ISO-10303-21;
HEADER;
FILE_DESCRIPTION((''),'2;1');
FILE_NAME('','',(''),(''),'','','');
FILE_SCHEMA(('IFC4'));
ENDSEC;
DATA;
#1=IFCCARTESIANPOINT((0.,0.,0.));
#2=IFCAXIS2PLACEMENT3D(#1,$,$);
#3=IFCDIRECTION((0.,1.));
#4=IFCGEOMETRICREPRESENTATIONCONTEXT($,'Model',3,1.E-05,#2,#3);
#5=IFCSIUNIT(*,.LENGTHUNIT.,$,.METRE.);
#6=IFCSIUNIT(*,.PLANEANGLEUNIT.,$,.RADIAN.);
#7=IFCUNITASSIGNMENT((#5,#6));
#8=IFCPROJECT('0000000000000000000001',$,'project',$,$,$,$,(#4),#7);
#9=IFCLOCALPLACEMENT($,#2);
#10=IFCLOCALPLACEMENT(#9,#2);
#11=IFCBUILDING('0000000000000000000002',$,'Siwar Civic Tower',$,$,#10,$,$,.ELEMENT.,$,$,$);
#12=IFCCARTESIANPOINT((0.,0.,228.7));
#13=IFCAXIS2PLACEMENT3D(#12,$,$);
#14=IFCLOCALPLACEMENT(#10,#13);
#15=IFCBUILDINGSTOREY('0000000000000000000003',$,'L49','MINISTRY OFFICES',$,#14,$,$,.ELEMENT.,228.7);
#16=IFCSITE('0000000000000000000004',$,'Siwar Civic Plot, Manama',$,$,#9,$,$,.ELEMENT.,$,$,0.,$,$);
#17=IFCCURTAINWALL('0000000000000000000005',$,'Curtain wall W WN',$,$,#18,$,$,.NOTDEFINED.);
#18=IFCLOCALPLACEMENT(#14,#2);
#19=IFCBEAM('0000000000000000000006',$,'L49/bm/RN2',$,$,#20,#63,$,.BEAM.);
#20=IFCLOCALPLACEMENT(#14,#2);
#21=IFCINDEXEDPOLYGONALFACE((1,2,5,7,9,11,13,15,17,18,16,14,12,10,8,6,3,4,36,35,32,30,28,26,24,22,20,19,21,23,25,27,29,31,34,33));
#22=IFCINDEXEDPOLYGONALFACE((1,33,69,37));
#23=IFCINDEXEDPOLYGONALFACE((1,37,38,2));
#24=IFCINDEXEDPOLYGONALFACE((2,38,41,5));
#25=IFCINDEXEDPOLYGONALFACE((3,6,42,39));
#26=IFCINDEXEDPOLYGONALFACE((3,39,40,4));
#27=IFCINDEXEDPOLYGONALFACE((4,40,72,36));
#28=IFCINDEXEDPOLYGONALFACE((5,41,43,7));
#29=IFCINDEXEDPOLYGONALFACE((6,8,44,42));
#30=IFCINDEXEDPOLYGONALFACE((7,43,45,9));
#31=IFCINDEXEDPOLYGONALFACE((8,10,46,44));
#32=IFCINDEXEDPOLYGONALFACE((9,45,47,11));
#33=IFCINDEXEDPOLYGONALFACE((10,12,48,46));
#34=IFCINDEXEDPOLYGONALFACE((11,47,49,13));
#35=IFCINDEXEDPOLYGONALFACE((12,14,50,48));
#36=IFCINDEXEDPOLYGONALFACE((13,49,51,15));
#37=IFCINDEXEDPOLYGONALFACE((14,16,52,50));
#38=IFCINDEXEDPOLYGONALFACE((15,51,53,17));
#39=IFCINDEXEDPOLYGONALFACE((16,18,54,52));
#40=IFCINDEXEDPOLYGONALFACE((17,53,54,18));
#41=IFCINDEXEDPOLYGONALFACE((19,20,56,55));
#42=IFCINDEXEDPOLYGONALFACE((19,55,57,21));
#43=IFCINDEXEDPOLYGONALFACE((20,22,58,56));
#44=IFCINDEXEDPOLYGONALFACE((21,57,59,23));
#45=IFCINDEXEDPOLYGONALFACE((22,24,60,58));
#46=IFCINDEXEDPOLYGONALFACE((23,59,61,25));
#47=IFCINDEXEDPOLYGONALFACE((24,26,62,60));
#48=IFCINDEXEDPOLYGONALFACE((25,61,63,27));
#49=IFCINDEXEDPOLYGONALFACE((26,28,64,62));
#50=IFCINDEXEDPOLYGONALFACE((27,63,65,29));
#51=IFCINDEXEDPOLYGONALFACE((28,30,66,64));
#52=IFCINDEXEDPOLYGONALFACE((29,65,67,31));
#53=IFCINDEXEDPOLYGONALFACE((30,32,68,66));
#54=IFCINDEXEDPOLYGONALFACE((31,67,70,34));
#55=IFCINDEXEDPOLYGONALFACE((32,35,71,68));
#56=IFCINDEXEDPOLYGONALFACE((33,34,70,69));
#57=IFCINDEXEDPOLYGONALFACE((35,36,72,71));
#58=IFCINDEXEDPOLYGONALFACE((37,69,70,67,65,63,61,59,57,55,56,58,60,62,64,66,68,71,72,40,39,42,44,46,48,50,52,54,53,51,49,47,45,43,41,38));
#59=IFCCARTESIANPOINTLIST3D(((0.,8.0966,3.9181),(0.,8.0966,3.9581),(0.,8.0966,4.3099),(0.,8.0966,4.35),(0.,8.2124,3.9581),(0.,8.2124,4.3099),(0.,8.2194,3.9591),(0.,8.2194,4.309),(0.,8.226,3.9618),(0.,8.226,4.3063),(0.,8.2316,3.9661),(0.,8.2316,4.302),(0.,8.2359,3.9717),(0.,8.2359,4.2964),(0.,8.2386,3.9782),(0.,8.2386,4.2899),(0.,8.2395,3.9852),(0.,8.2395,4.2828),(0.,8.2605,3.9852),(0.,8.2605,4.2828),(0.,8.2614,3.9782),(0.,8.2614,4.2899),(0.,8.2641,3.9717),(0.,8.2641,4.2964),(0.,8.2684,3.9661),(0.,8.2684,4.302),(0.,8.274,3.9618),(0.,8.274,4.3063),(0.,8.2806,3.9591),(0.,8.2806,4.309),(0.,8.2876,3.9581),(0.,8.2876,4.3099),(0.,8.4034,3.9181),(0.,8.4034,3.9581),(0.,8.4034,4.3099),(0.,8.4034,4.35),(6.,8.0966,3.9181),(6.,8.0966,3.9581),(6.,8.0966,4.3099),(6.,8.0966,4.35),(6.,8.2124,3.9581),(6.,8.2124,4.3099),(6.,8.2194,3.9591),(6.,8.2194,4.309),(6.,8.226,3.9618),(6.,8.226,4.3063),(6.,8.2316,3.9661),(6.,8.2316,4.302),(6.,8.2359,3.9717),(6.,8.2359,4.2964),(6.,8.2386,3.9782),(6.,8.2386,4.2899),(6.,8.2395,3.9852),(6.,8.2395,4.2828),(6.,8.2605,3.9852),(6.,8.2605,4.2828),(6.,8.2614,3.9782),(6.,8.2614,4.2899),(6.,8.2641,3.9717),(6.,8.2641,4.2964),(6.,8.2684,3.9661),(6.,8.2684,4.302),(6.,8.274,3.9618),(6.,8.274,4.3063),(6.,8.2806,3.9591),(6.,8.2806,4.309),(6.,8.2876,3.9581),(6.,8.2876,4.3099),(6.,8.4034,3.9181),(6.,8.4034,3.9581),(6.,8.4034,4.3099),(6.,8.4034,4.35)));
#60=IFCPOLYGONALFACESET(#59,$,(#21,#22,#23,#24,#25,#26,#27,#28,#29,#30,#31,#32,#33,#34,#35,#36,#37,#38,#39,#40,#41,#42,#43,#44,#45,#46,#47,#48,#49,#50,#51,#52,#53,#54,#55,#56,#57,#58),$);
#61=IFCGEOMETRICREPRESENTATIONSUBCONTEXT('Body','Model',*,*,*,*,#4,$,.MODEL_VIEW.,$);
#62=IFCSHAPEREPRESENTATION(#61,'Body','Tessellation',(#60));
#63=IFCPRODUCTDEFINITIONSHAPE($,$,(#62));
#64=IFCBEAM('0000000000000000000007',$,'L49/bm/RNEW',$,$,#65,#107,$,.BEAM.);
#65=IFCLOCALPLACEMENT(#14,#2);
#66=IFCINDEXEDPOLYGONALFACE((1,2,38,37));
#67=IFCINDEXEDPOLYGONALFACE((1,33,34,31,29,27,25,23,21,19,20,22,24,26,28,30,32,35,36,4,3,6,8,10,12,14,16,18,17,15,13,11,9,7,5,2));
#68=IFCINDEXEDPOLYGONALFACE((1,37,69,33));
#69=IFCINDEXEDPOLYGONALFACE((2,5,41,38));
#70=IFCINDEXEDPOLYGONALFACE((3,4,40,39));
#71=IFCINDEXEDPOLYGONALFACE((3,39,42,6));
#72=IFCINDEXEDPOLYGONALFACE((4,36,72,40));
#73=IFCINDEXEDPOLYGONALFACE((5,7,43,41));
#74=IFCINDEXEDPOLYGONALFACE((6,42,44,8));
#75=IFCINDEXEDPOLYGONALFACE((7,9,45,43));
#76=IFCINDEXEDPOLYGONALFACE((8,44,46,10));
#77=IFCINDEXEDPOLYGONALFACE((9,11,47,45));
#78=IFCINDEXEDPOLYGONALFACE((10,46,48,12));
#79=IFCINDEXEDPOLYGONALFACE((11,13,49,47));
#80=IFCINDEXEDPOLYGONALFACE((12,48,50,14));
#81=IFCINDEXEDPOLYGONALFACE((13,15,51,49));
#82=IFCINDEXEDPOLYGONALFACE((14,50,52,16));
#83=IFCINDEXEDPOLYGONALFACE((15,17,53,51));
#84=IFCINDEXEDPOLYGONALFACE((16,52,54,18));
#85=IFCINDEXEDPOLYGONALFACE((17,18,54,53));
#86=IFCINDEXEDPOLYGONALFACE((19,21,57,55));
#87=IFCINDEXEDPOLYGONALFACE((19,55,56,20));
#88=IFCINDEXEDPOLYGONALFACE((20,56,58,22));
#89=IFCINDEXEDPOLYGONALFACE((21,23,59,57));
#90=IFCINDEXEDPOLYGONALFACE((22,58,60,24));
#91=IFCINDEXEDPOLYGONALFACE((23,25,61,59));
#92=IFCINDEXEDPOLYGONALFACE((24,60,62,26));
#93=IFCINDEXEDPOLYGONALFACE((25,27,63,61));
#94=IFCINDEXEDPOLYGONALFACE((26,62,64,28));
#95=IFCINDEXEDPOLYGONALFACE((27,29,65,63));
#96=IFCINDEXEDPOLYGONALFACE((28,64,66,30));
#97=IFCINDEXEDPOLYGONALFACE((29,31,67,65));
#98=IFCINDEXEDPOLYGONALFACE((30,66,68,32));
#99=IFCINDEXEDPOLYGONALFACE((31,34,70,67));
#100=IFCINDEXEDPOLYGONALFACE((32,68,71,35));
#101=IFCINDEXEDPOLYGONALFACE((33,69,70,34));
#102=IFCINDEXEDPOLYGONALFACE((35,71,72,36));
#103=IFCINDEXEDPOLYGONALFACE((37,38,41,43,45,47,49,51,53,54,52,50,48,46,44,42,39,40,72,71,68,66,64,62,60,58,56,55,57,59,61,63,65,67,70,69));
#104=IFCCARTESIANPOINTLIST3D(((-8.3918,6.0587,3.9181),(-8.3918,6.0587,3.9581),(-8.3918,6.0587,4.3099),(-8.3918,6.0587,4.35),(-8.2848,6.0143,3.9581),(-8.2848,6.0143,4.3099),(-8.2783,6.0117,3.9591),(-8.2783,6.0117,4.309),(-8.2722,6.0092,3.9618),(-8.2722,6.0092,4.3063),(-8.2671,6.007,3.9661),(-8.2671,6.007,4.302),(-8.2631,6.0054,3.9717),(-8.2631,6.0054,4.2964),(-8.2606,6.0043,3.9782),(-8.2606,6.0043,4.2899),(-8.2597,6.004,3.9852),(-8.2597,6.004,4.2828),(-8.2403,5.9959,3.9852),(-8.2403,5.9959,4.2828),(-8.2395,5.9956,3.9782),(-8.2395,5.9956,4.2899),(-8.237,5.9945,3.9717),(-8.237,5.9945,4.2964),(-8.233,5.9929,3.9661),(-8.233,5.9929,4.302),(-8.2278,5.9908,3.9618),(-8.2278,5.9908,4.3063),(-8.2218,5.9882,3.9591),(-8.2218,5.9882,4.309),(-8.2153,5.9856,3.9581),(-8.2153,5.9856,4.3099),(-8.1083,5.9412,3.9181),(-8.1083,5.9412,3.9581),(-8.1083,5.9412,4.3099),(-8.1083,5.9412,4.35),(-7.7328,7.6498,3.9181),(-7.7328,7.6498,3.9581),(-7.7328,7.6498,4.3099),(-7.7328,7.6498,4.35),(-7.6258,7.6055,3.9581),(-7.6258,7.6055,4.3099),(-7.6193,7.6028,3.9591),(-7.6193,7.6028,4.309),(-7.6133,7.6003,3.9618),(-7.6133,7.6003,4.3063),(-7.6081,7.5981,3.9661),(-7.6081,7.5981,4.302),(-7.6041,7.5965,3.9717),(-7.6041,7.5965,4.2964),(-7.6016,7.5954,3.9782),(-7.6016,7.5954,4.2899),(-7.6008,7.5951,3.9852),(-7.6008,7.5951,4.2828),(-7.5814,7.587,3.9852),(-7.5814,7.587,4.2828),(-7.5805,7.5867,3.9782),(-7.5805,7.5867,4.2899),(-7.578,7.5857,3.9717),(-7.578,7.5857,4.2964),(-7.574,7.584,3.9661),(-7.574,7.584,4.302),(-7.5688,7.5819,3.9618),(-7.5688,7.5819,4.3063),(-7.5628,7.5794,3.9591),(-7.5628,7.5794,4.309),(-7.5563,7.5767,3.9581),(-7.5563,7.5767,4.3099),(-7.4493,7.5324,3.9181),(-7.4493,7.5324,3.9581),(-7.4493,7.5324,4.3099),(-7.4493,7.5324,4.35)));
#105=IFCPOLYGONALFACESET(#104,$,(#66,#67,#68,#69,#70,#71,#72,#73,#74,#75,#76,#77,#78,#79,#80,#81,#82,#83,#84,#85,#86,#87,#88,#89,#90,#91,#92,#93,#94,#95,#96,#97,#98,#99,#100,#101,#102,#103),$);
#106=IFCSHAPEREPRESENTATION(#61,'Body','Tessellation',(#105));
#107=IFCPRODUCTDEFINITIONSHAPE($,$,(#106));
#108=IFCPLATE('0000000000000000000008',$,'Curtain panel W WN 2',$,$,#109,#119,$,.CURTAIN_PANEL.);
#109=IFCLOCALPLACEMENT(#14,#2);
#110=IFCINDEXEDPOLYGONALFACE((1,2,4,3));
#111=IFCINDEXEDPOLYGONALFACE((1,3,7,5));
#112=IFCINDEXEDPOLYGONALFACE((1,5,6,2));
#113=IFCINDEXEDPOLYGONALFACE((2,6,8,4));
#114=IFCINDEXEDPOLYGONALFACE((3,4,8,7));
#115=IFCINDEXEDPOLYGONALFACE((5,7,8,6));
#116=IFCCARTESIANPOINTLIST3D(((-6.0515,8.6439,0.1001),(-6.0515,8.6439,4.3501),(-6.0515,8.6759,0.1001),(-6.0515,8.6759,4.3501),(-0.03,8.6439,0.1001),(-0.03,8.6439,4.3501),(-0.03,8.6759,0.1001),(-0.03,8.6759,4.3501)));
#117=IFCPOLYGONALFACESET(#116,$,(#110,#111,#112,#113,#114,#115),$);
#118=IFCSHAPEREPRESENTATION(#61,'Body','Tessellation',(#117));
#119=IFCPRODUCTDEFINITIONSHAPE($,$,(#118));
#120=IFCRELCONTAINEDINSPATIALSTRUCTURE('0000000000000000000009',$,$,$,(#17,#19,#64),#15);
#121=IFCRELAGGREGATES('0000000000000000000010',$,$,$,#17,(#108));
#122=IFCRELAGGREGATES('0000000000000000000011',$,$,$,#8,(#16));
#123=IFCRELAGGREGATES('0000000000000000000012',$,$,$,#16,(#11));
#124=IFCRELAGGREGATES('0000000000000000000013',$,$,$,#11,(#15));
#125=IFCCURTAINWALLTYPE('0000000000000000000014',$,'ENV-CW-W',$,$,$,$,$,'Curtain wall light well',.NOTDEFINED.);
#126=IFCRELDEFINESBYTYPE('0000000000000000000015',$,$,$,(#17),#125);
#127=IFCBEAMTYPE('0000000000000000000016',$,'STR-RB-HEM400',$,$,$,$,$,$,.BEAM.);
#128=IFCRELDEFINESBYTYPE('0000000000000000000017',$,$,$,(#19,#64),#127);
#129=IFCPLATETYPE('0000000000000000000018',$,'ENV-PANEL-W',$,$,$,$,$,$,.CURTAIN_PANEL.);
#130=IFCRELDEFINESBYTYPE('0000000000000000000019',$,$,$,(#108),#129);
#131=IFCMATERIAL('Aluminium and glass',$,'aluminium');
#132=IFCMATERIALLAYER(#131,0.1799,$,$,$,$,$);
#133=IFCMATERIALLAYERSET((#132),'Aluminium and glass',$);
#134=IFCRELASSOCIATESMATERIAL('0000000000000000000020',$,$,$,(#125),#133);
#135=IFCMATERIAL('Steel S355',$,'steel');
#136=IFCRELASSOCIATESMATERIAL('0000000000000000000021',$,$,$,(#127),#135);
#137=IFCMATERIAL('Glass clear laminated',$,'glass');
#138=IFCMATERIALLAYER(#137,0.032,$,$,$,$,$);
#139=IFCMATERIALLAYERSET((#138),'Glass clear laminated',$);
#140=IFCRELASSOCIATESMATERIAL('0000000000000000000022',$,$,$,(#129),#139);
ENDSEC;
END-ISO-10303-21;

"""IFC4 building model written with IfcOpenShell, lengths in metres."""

from ifc_helpers import new_model, si_unit, direction, frame, origin, origin_2d, place, context, subcontext, project, spatial, rectangle, i_section, extrude, material, layer, layer_set, material_profile, profile_set, type_object, element, aggregate, save


model = new_model("IFC4")

# Units and contexts
model_context = context("Model", 3, precision=1e-05, world=origin(), true_north=direction((0.0, 1.0)))
body_context = subcontext(model_context, "Body", "Model", "MODEL_VIEW")
ifc_project = project(units=[si_unit("LENGTHUNIT", "METRE"), si_unit("PLANEANGLEUNIT", "RADIAN")], contexts=[model_context])

# Site, building, storey
site_placement = place(None, origin())
site = spatial("IfcSite", under=ifc_project, at=site_placement, Name="Siwar Civic Plot, Manama", CompositionType="ELEMENT", RefElevation=0.0)
building_placement = place(site_placement, origin())
building = spatial("IfcBuilding", under=site, at=building_placement, Name="Siwar Civic Tower", CompositionType="ELEMENT")
storey_placement = place(building_placement, frame((0.0, 0.0, 228.7)))
storey = spatial("IfcBuildingStorey", under=building, at=storey_placement, Name="L49", Description="MINISTRY OFFICES", CompositionType="ELEMENT", Elevation=228.7)

# Curtain wall
ifc_material_1 = material(Name="Aluminium and glass", Category="aluminium")
ifc_layer_1 = layer(ifc_material_1, 0.1799)
ifc_layer_set_1 = layer_set([ifc_layer_1], Name="Aluminium and glass")
curtain_wall_type = type_object("IfcCurtainWallType", Name="ENV-CW-W", ElementType="Curtain wall light well", PredefinedType="NOTDEFINED", material=ifc_layer_set_1)
curtain_wall_placement = place(storey_placement, origin())
curtain_wall = element("IfcCurtainWall", 1, at=curtain_wall_placement, inside=storey, type_object=curtain_wall_type, Name="Curtain wall W WN", PredefinedType="NOTDEFINED")

# Beams
ifc_material_2 = material(Name="Steel S355", Category="steel")
ifc_material_profile_1 = material_profile(ifc_material_2, i_section(OverallWidth=0.3069, OverallDepth=0.4319, WebThickness=0.021, FlangeThickness=0.04, FilletRadius=0.0271, at=origin_2d()), Name="HEM400")
ifc_profile_set_1 = profile_set([ifc_material_profile_1], Name="Steel S355")
beam_type = type_object("IfcBeamType", Name="STR-RB-HEM400", PredefinedType="BEAM", material=ifc_profile_set_1)
for number, where, z_axis, x_axis, name in (
    (2, (0.0, 8.25, 4.134), (1.0, 0.0, 0.0), (0.0, 1.0, 0.0), "L49/bm/RN2"),
):
    element("IfcBeam", number, at=place(storey_placement, frame(where, z_axis=z_axis, x_axis=x_axis)), inside=storey, type_object=beam_type, Name=name, PredefinedType="BEAM", context=body_context, shape_type="SweptSolid", body=[
        extrude(i_section(OverallWidth=0.3069, OverallDepth=0.4319, WebThickness=0.021, FlangeThickness=0.04, FilletRadius=0.0271, at=origin_2d()), origin(), (0.0, 0.0, 1.0), 6.0),
    ])
beam_1_placement = place(storey_placement, frame((-7.5911, 7.5911, 4.134), z_axis=(-0.382631, -0.923901, 0.0), x_axis=(0.923901, -0.382631, 0.0)))
element("IfcBeam", 3, at=beam_1_placement, inside=storey, type_object=beam_type, Name="L49/bm/RNEW", PredefinedType="BEAM", context=body_context, shape_type="SweptSolid", body=[
    extrude(i_section(OverallWidth=0.3069, OverallDepth=0.4319, WebThickness=0.021, FlangeThickness=0.04, FilletRadius=0.0271, at=origin_2d()), origin(), (0.0, 0.0, 1.0), 1.7222),
])

# Plate
ifc_material_3 = material(Name="Glass clear laminated", Category="glass")
ifc_layer_2 = layer(ifc_material_3, 0.032)
ifc_layer_set_2 = layer_set([ifc_layer_2], Name="Glass clear laminated")
plate_type = type_object("IfcPlateType", Name="ENV-PANEL-W", PredefinedType="CURTAIN_PANEL", material=ifc_layer_set_2)
plate_placement = place(storey_placement, frame((-3.0408, 8.6599, 0.1001), z_axis=(0.0, 0.0, 1.0), x_axis=(-1.0, 0.0, 0.0)))
plate = element("IfcPlate", 4, at=plate_placement, type_object=plate_type, Name="Curtain panel W WN 2", PredefinedType="CURTAIN_PANEL", context=body_context, shape_type="SweptSolid", body=[
    extrude(rectangle(XDim=6.0215, YDim=0.032, at=origin_2d()), origin(), (0.0, 0.0, 1.0), 4.25),
])
aggregate(curtain_wall, [plate])

save(model, "model.ifc")
